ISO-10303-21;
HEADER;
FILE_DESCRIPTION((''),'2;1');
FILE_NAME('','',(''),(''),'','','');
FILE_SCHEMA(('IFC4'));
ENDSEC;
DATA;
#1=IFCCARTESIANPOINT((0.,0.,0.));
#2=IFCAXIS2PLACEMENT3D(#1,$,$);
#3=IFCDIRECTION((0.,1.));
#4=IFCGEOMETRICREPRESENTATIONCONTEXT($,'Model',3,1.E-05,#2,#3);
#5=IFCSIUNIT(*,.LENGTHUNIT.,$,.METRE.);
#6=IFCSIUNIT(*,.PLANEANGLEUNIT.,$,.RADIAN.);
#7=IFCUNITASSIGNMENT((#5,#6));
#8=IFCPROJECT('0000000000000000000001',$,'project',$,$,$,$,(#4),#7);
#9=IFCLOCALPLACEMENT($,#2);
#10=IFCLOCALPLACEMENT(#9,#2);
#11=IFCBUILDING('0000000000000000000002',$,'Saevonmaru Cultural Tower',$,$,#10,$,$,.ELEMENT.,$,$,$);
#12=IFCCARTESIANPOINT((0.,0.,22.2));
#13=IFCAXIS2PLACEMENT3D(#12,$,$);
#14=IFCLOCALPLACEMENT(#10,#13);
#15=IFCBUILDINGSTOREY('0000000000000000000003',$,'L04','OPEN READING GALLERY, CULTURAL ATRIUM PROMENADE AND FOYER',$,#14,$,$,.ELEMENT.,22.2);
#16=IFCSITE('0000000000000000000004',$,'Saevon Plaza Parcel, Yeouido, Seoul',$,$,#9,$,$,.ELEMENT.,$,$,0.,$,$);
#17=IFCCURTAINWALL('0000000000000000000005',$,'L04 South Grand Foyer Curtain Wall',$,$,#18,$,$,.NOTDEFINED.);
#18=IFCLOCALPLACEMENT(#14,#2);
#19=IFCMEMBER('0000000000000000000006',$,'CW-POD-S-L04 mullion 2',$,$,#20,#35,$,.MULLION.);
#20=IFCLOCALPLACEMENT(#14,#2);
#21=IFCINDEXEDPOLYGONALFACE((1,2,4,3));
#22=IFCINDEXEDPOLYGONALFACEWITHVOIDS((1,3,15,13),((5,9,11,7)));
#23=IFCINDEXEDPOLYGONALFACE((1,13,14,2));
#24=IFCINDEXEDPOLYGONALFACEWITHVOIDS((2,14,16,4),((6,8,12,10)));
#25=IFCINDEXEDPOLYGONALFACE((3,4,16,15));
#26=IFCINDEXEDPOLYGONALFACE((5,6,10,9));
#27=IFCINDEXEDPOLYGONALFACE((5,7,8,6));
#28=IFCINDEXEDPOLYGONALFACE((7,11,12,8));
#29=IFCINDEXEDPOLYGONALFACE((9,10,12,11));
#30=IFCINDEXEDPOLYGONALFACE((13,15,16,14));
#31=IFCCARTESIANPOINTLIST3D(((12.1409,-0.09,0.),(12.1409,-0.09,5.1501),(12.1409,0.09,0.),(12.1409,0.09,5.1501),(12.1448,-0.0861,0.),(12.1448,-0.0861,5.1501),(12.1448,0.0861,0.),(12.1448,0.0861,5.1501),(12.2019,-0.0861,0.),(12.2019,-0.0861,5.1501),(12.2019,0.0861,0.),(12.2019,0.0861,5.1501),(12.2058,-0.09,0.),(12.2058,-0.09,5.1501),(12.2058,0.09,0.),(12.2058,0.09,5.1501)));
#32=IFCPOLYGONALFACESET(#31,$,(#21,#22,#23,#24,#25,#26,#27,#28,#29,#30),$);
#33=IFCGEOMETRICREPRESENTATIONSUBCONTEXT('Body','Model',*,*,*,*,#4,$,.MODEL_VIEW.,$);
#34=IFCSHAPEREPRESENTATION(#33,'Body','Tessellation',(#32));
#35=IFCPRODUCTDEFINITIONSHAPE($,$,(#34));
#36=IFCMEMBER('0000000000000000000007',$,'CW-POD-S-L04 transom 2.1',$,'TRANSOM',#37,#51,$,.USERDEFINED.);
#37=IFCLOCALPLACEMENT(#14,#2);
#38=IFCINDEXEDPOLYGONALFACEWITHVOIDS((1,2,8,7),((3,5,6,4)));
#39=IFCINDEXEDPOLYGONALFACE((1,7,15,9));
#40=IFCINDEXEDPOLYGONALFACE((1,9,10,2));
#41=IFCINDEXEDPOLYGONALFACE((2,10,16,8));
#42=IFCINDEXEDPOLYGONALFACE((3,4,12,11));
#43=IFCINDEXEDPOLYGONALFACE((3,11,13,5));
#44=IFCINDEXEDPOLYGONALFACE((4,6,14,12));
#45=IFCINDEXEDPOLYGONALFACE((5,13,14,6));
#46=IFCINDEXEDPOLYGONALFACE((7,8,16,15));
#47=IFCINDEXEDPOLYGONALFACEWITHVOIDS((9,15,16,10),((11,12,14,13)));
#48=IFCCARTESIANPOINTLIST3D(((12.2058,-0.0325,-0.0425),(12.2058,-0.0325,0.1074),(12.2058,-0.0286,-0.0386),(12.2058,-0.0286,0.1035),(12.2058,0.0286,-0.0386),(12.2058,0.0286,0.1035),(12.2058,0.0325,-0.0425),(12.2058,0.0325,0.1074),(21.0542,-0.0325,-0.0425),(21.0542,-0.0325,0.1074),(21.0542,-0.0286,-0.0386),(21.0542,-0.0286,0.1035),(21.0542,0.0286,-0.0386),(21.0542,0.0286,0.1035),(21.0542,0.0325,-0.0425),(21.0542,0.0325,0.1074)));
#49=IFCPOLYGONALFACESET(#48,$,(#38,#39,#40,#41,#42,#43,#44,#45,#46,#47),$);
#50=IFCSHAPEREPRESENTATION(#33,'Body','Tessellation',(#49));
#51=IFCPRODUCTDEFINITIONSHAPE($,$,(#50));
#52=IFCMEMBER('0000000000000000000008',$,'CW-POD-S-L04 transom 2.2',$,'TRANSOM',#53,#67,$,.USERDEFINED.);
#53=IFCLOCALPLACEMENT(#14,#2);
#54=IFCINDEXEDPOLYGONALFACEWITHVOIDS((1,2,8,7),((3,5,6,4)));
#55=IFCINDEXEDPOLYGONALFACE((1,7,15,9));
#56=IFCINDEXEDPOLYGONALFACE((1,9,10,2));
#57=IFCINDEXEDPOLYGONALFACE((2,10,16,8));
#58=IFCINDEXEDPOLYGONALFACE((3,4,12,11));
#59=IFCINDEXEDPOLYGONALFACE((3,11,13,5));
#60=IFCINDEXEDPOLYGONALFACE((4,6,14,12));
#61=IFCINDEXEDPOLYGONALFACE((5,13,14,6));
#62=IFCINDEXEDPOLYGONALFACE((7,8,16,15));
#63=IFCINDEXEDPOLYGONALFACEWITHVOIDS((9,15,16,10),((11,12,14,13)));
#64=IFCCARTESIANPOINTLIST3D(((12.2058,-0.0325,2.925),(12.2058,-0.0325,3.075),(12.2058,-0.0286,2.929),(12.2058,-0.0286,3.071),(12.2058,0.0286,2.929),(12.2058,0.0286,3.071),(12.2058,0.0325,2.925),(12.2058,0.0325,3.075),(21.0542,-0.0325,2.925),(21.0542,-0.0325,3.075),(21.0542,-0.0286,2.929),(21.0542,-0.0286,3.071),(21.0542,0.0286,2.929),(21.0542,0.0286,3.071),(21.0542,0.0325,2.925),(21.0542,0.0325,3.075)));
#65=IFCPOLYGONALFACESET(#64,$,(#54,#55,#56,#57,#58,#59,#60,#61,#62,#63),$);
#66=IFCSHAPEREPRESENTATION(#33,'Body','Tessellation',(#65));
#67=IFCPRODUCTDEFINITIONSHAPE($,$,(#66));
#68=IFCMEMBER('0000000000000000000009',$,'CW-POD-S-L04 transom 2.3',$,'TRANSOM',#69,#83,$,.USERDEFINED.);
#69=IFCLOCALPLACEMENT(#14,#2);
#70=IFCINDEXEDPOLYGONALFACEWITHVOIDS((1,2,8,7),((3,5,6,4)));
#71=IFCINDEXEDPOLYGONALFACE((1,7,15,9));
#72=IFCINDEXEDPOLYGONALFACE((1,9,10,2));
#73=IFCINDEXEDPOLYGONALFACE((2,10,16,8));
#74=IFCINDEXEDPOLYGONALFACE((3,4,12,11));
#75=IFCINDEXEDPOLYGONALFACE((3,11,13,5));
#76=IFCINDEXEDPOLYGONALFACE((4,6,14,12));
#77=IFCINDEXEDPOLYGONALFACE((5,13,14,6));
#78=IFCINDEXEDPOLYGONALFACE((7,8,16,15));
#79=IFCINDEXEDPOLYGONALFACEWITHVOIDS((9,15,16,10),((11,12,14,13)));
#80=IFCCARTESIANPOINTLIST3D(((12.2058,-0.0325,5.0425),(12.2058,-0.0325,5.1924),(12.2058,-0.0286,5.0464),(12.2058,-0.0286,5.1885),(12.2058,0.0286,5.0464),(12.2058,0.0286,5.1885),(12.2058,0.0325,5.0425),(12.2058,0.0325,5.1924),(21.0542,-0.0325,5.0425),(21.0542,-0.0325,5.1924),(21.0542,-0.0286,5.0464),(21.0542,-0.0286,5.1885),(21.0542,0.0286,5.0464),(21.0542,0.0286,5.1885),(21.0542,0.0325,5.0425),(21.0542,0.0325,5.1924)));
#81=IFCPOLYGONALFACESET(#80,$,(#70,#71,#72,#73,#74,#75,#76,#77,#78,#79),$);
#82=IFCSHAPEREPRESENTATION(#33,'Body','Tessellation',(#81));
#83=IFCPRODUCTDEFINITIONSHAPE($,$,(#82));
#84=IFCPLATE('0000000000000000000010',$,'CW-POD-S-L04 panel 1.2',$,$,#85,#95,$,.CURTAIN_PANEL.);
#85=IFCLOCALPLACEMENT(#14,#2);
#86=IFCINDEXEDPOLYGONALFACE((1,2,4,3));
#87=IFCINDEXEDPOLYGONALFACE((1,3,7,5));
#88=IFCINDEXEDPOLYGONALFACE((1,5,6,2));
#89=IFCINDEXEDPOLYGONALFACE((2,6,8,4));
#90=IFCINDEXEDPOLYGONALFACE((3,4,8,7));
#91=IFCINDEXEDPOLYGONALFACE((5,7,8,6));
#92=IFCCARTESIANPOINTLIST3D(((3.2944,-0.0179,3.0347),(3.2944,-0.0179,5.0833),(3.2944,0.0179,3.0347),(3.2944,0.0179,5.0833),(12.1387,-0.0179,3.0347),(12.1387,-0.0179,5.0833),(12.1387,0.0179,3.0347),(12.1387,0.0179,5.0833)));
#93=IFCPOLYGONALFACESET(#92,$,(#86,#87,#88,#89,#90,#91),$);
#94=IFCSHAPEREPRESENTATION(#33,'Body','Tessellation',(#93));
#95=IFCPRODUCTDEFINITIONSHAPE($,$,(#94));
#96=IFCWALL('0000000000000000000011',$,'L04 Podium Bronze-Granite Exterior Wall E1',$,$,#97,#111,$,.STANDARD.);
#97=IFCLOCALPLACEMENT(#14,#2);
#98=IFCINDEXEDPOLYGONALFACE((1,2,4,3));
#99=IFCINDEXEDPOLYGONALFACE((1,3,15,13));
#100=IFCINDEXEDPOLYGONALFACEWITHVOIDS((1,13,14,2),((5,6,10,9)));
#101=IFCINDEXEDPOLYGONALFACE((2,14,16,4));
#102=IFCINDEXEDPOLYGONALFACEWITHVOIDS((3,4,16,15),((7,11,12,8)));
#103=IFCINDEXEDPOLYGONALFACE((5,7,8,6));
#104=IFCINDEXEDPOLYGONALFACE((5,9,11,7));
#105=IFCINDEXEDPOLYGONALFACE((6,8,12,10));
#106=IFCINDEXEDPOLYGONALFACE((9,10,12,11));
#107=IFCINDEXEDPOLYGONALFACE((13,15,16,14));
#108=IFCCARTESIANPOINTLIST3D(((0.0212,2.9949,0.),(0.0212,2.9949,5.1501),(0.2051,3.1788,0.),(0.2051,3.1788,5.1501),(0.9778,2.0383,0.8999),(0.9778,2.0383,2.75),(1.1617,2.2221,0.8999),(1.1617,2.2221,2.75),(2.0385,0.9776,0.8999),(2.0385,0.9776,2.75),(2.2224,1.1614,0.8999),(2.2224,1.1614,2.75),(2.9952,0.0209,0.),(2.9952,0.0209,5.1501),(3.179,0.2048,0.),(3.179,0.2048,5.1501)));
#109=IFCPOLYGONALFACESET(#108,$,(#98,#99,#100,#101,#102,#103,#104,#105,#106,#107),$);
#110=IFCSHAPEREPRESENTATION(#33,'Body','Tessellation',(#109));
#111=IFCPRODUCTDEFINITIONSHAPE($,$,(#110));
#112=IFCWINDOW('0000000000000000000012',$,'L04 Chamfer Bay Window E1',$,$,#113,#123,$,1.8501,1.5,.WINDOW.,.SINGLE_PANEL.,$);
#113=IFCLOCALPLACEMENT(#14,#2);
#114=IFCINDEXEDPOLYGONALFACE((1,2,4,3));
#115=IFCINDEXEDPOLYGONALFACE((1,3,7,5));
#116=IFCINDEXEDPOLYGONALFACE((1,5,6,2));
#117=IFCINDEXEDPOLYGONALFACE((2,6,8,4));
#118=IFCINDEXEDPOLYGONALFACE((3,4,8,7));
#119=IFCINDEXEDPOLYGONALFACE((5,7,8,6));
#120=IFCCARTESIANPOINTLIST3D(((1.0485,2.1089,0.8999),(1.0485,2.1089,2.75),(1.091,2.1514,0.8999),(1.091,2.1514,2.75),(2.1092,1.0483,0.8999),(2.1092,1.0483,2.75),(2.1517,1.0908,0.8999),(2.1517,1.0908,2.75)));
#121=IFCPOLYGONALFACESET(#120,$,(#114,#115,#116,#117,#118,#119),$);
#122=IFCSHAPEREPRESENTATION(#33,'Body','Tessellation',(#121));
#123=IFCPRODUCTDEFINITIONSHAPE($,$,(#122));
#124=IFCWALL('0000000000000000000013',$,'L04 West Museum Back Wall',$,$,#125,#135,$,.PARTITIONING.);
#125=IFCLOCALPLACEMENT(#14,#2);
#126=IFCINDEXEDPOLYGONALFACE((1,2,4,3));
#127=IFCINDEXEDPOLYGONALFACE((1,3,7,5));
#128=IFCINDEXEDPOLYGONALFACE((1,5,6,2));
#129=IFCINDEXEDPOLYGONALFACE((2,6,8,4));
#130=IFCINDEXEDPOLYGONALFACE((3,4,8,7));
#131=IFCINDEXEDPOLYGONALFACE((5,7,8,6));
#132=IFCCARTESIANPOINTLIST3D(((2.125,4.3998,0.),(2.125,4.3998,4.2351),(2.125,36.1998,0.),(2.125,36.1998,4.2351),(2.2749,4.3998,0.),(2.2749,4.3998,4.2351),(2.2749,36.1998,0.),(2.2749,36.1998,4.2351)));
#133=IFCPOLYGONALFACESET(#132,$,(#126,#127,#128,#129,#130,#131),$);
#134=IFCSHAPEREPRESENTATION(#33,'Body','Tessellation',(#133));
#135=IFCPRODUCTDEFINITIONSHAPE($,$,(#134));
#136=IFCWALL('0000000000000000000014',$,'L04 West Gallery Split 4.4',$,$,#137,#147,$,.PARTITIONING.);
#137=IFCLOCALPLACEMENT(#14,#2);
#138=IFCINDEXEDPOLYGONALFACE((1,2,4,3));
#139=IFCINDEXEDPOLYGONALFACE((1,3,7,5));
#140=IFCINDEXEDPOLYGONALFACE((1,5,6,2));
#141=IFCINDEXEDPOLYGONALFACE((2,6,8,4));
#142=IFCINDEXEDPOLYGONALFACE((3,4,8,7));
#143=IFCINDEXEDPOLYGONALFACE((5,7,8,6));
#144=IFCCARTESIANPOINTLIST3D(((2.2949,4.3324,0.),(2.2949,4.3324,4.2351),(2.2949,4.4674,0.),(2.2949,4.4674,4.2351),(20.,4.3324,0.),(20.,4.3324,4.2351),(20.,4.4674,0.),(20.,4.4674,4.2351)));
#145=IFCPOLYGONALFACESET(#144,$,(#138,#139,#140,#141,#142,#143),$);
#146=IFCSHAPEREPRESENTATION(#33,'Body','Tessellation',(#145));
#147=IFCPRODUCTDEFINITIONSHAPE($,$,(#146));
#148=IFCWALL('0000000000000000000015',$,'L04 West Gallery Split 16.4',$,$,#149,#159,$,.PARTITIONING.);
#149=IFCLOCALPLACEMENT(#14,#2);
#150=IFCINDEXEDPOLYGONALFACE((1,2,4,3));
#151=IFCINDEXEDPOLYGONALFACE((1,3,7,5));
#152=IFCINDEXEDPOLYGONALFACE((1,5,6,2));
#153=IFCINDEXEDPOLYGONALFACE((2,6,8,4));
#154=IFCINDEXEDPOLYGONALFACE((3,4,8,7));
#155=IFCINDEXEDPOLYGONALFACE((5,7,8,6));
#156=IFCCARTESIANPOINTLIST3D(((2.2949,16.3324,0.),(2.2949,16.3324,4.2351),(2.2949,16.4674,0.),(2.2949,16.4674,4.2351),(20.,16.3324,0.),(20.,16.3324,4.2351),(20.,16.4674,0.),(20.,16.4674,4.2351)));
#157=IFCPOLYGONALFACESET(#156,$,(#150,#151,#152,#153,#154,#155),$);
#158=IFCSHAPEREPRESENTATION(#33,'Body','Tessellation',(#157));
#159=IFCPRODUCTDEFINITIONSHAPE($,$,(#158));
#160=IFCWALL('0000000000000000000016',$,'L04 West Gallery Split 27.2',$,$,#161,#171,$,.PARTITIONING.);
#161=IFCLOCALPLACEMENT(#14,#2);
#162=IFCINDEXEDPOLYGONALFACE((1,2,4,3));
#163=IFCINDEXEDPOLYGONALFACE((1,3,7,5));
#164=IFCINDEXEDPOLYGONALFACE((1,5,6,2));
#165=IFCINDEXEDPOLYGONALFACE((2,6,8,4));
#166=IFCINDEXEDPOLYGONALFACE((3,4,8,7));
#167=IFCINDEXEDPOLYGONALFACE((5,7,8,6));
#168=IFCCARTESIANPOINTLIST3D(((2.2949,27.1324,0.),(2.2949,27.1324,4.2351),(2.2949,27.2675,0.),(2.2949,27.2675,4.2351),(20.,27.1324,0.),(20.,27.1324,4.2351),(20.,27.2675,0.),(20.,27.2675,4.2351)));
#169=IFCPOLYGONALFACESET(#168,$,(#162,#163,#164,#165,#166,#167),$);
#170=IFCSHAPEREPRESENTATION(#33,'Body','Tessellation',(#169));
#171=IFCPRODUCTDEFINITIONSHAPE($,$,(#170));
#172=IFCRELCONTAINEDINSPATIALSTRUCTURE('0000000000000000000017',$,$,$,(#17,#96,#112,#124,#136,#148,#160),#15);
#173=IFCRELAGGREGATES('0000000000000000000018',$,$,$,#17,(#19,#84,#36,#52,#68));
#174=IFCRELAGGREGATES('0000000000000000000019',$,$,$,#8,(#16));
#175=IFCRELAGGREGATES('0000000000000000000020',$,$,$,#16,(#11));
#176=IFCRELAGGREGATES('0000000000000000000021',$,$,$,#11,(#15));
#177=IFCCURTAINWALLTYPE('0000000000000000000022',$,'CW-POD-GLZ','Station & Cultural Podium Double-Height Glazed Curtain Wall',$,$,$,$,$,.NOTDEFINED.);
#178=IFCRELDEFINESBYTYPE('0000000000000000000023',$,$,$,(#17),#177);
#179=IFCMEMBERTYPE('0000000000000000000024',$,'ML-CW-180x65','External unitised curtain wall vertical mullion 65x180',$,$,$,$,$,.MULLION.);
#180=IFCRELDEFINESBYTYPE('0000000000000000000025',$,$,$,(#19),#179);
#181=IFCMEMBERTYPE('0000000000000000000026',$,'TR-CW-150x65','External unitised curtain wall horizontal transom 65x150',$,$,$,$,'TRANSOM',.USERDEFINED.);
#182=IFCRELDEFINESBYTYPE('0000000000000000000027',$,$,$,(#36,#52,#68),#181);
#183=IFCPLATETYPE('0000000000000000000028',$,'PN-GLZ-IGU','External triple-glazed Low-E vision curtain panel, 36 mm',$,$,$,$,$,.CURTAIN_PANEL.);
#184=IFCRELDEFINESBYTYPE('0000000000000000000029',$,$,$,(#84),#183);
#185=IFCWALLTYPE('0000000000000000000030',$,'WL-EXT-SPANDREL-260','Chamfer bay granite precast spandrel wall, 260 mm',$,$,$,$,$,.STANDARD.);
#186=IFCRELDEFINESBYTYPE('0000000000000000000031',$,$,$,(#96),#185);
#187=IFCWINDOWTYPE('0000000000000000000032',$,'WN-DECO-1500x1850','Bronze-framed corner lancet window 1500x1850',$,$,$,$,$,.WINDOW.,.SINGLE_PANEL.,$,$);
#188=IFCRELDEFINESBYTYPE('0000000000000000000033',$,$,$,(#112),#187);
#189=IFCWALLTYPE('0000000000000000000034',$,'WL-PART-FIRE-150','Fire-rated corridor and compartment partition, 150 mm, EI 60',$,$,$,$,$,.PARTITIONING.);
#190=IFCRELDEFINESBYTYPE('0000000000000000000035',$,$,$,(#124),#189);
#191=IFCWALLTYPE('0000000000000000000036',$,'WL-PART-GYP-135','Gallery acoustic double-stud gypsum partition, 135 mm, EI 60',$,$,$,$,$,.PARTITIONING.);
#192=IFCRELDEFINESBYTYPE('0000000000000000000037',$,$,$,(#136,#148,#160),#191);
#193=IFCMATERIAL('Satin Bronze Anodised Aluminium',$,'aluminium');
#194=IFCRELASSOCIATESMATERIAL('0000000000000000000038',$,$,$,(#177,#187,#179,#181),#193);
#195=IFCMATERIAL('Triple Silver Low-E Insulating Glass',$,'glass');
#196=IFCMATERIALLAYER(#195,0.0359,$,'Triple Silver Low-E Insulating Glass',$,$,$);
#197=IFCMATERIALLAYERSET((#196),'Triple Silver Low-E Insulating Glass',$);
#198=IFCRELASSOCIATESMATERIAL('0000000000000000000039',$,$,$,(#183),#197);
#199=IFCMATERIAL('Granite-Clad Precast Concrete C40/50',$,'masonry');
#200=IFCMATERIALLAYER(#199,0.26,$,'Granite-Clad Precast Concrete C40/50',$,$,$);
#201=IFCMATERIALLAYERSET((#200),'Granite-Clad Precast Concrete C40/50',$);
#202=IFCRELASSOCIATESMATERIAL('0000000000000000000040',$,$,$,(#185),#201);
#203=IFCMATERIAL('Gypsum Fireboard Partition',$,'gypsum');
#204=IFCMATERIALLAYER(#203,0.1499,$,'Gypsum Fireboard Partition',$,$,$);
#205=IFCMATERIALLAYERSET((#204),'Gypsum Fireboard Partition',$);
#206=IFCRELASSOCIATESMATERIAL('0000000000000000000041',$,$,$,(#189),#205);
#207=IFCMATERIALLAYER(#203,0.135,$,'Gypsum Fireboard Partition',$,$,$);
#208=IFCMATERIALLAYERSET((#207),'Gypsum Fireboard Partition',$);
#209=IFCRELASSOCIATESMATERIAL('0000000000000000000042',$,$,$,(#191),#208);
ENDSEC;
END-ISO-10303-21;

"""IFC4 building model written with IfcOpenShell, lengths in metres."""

from ifc_helpers import new_model, si_unit, direction, frame, frame_2d, origin, origin_2d, place, context, subcontext, project, spatial, rectangle, hollow_rectangle, extrude, material, layer, layer_set, material_profile, profile_set, type_object, element, fill, aggregate, save


model = new_model("IFC4")

# Units and contexts
model_context = context("Model", 3, precision=1e-05, world=origin(), true_north=direction((0.0, 1.0)))
body_context = subcontext(model_context, "Body", "Model", "MODEL_VIEW")
ifc_project = project(units=[si_unit("LENGTHUNIT", "METRE"), si_unit("PLANEANGLEUNIT", "RADIAN")], contexts=[model_context])

# Site, building, storey
site_placement = place(None, origin())
site = spatial("IfcSite", under=ifc_project, at=site_placement, Name="Saevon Plaza Parcel, Yeouido, Seoul", CompositionType="ELEMENT", RefElevation=0.0)
building_placement = place(site_placement, origin())
building = spatial("IfcBuilding", under=site, at=building_placement, Name="Saevonmaru Cultural Tower", CompositionType="ELEMENT")
storey_placement = place(building_placement, frame((0.0, 0.0, 22.2)))
storey = spatial("IfcBuildingStorey", under=building, at=storey_placement, Name="L04", Description="OPEN READING GALLERY, CULTURAL ATRIUM PROMENADE AND FOYER", CompositionType="ELEMENT", Elevation=22.2)

# Curtain wall, members, plate
ifc_material_1 = material(Name="Satin Bronze Anodised Aluminium", Category="aluminium")
curtain_wall_type = type_object("IfcCurtainWallType", Name="CW-POD-GLZ", Description="Station & Cultural Podium Double-Height Glazed Curtain Wall", PredefinedType="NOTDEFINED", material=ifc_material_1)
curtain_wall_placement = place(storey_placement, origin())
curtain_wall = element("IfcCurtainWall", 1, at=curtain_wall_placement, inside=storey, type_object=curtain_wall_type, Name="L04 South Grand Foyer Curtain Wall", PredefinedType="NOTDEFINED")
ifc_material_profile_1 = material_profile(ifc_material_1, hollow_rectangle(XDim=0.0649, YDim=0.1799, WallThickness=0.0039, at=origin_2d()), Name="ALU-MULL-180x65x4")
ifc_profile_set_1 = profile_set([ifc_material_profile_1], Name="Satin Bronze Anodised Aluminium")
member_type_1 = type_object("IfcMemberType", Name="ML-CW-180x65", Description="External unitised curtain wall vertical mullion 65x180", PredefinedType="MULLION", material=ifc_profile_set_1)
member_1_placement = place(storey_placement, frame((12.1733, 0.0, 0.0), z_axis=(0.0, 0.0, 1.0), x_axis=(1.0, 0.0, 0.0)))
member_1 = element("IfcMember", 2, at=member_1_placement, type_object=member_type_1, Name="CW-POD-S-L04 mullion 2", PredefinedType="MULLION", context=body_context, shape_type="SweptSolid", body=[
    extrude(hollow_rectangle(XDim=0.0649, YDim=0.1799, WallThickness=0.0039, at=origin_2d()), origin(), (0.0, 0.0, 1.0), 5.1501),
])
ifc_material_profile_2 = material_profile(ifc_material_1, hollow_rectangle(XDim=0.0649, YDim=0.1499, WallThickness=0.0039, at=origin_2d()), Name="ALU-TRAN-150x65x4")
ifc_profile_set_2 = profile_set([ifc_material_profile_2], Name="Satin Bronze Anodised Aluminium")
member_type_2 = type_object("IfcMemberType", Name="TR-CW-150x65", Description="External unitised curtain wall horizontal transom 65x150", ElementType="TRANSOM", PredefinedType="USERDEFINED", material=ifc_profile_set_2)
member_2_placement = place(storey_placement, frame((12.2058, 0.0, 0.0325), z_axis=(1.0, 0.0, 0.0), x_axis=(0.0, 1.0, 0.0)))
member_2 = element("IfcMember", 3, at=member_2_placement, type_object=member_type_2, Name="CW-POD-S-L04 transom 2.1", ObjectType="TRANSOM", PredefinedType="USERDEFINED", context=body_context, shape_type="SweptSolid", body=[
    extrude(hollow_rectangle(XDim=0.0649, YDim=0.1499, WallThickness=0.0039, at=origin_2d()), origin(), (0.0, 0.0, 1.0), 8.8484),
])
member_3_placement = place(storey_placement, frame((12.2058, 0.0, 3.0), z_axis=(1.0, 0.0, 0.0), x_axis=(0.0, 1.0, 0.0)))
member_3 = element("IfcMember", 4, at=member_3_placement, type_object=member_type_2, Name="CW-POD-S-L04 transom 2.2", ObjectType="TRANSOM", PredefinedType="USERDEFINED", context=body_context, shape_type="SweptSolid", body=[
    extrude(hollow_rectangle(XDim=0.0649, YDim=0.1499, WallThickness=0.0039, at=origin_2d()), origin(), (0.0, 0.0, 1.0), 8.8484),
])
member_4_placement = place(storey_placement, frame((12.2058, 0.0, 5.1174), z_axis=(1.0, 0.0, 0.0), x_axis=(0.0, 1.0, 0.0)))
member_4 = element("IfcMember", 5, at=member_4_placement, type_object=member_type_2, Name="CW-POD-S-L04 transom 2.3", ObjectType="TRANSOM", PredefinedType="USERDEFINED", context=body_context, shape_type="SweptSolid", body=[
    extrude(hollow_rectangle(XDim=0.0649, YDim=0.1499, WallThickness=0.0039, at=origin_2d()), origin(), (0.0, 0.0, 1.0), 8.8484),
])
ifc_material_2 = material(Name="Triple Silver Low-E Insulating Glass", Category="glass")
ifc_layer_1 = layer(ifc_material_2, 0.0359, Name="Triple Silver Low-E Insulating Glass")
ifc_layer_set_1 = layer_set([ifc_layer_1], Name="Triple Silver Low-E Insulating Glass")
plate_type = type_object("IfcPlateType", Name="PN-GLZ-IGU", Description="External triple-glazed Low-E vision curtain panel, 36 mm", PredefinedType="CURTAIN_PANEL", material=ifc_layer_set_1)
plate_placement = place(storey_placement, frame((7.7166, 0.0, 3.0347), z_axis=(0.0, 0.0, 1.0), x_axis=(1.0, 0.0, 0.0)))
plate = element("IfcPlate", 6, at=plate_placement, type_object=plate_type, Name="CW-POD-S-L04 panel 1.2", PredefinedType="CURTAIN_PANEL", context=body_context, shape_type="SweptSolid", body=[
    extrude(rectangle(XDim=8.8442, YDim=0.0359, at=origin_2d()), origin(), (0.0, 0.0, 1.0), 2.0486),
])
aggregate(curtain_wall, [member_1, plate, member_2, member_3, member_4])

# Wall, opening, window
ifc_material_3 = material(Name="Granite-Clad Precast Concrete C40/50", Category="masonry")
ifc_layer_2 = layer(ifc_material_3, 0.26, Name="Granite-Clad Precast Concrete C40/50")
ifc_layer_set_2 = layer_set([ifc_layer_2], Name="Granite-Clad Precast Concrete C40/50")
wall_type_1 = type_object("IfcWallType", Name="WL-EXT-SPANDREL-260", Description="Chamfer bay granite precast spandrel wall, 260 mm", PredefinedType="STANDARD", material=ifc_layer_set_2)
wall_1_placement = place(storey_placement, frame((0.113, 3.0869, 0.0), z_axis=(0.0, 0.0, 1.0), x_axis=(0.707107, -0.707107, 0.0)))
wall_1 = element("IfcWall", 7, at=wall_1_placement, inside=storey, type_object=wall_type_1, Name="L04 Podium Bronze-Granite Exterior Wall E1", PredefinedType="STANDARD", context=body_context, shape_type="SweptSolid", body=[
    extrude(rectangle(XDim=4.2058, YDim=0.26, at=frame_2d((2.103, 0.0))), origin(), (0.0, 0.0, 1.0), 5.1501),
])
opening_placement = place(wall_1_placement, frame((1.353, 0.0, 0.8999)))
opening = element("IfcOpeningElement", 8, at=opening_placement, cuts=wall_1, PredefinedType="OPENING", context=body_context, shape_type="SweptSolid", body=[
    extrude(rectangle(XDim=1.5, YDim=1.8501, at=frame_2d((0.75, 0.925))), frame((0.0, 0.1401, 0.0), z_axis=(0.0, -1.0, 0.0), x_axis=(1.0, 0.0, 0.0)), (0.0, 0.0, 1.0), 0.28),
])
window_type = type_object("IfcWindowType", Name="WN-DECO-1500x1850", Description="Bronze-framed corner lancet window 1500x1850", PartitioningType="SINGLE_PANEL", PredefinedType="WINDOW", material=ifc_material_1)
window_placement = place(opening_placement, origin())
window = element("IfcWindow", 9, at=window_placement, inside=storey, type_object=window_type, Name="L04 Chamfer Bay Window E1", OverallHeight=1.8501, OverallWidth=1.5, PartitioningType="SINGLE_PANEL", PredefinedType="WINDOW", context=body_context, shape_type="SweptSolid", body=[
    extrude(rectangle(XDim=1.5, YDim=1.8501, at=frame_2d((0.75, 0.925))), frame((0.0, 0.03, 0.0), z_axis=(0.0, -1.0, 0.0), x_axis=(1.0, 0.0, 0.0)), (0.0, 0.0, 1.0), 0.0601),
])
fill(opening, window)

# Walls
ifc_material_4 = material(Name="Gypsum Fireboard Partition", Category="gypsum")
ifc_layer_3 = layer(ifc_material_4, 0.1499, Name="Gypsum Fireboard Partition")
ifc_layer_set_3 = layer_set([ifc_layer_3], Name="Gypsum Fireboard Partition")
wall_type_2 = type_object("IfcWallType", Name="WL-PART-FIRE-150", Description="Fire-rated corridor and compartment partition, 150 mm, EI 60", PredefinedType="PARTITIONING", material=ifc_layer_set_3)
wall_2_placement = place(storey_placement, frame((2.2, 4.3999, 0.0), z_axis=(0.0, 0.0, 1.0), x_axis=(0.0, 1.0, 0.0)))
element("IfcWall", 10, at=wall_2_placement, inside=storey, type_object=wall_type_2, Name="L04 West Museum Back Wall", PredefinedType="PARTITIONING", context=body_context, shape_type="SweptSolid", body=[
    extrude(rectangle(XDim=31.8, YDim=0.1499, at=frame_2d((15.8999, 0.0))), origin(), (0.0, 0.0, 1.0), 4.2351),
])
ifc_layer_4 = layer(ifc_material_4, 0.135, Name="Gypsum Fireboard Partition")
ifc_layer_set_4 = layer_set([ifc_layer_4], Name="Gypsum Fireboard Partition")
wall_type_3 = type_object("IfcWallType", Name="WL-PART-GYP-135", Description="Gallery acoustic double-stud gypsum partition, 135 mm, EI 60", PredefinedType="PARTITIONING", material=ifc_layer_set_4)
for number, where, z_axis, x_axis, name in (
    (11, (2.2949, 4.3999, 0.0), (0.0, 0.0, 1.0), (1.0, 0.0, 0.0), "L04 West Gallery Split 4.4"),
    (12, (2.2949, 16.3999, 0.0), (0.0, 0.0, 1.0), (1.0, 0.0, 0.0), "L04 West Gallery Split 16.4"),
    (13, (2.2949, 27.2, 0.0), (0.0, 0.0, 1.0), (1.0, 0.0, 0.0), "L04 West Gallery Split 27.2"),
):
    element("IfcWall", number, at=place(storey_placement, frame(where, z_axis=z_axis, x_axis=x_axis)), inside=storey, type_object=wall_type_3, Name=name, PredefinedType="PARTITIONING", context=body_context, shape_type="SweptSolid", body=[
        extrude(rectangle(XDim=17.7051, YDim=0.135, at=frame_2d((8.8525, 0.0))), origin(), (0.0, 0.0, 1.0), 4.2351),
    ])

save(model, "model.ifc")
